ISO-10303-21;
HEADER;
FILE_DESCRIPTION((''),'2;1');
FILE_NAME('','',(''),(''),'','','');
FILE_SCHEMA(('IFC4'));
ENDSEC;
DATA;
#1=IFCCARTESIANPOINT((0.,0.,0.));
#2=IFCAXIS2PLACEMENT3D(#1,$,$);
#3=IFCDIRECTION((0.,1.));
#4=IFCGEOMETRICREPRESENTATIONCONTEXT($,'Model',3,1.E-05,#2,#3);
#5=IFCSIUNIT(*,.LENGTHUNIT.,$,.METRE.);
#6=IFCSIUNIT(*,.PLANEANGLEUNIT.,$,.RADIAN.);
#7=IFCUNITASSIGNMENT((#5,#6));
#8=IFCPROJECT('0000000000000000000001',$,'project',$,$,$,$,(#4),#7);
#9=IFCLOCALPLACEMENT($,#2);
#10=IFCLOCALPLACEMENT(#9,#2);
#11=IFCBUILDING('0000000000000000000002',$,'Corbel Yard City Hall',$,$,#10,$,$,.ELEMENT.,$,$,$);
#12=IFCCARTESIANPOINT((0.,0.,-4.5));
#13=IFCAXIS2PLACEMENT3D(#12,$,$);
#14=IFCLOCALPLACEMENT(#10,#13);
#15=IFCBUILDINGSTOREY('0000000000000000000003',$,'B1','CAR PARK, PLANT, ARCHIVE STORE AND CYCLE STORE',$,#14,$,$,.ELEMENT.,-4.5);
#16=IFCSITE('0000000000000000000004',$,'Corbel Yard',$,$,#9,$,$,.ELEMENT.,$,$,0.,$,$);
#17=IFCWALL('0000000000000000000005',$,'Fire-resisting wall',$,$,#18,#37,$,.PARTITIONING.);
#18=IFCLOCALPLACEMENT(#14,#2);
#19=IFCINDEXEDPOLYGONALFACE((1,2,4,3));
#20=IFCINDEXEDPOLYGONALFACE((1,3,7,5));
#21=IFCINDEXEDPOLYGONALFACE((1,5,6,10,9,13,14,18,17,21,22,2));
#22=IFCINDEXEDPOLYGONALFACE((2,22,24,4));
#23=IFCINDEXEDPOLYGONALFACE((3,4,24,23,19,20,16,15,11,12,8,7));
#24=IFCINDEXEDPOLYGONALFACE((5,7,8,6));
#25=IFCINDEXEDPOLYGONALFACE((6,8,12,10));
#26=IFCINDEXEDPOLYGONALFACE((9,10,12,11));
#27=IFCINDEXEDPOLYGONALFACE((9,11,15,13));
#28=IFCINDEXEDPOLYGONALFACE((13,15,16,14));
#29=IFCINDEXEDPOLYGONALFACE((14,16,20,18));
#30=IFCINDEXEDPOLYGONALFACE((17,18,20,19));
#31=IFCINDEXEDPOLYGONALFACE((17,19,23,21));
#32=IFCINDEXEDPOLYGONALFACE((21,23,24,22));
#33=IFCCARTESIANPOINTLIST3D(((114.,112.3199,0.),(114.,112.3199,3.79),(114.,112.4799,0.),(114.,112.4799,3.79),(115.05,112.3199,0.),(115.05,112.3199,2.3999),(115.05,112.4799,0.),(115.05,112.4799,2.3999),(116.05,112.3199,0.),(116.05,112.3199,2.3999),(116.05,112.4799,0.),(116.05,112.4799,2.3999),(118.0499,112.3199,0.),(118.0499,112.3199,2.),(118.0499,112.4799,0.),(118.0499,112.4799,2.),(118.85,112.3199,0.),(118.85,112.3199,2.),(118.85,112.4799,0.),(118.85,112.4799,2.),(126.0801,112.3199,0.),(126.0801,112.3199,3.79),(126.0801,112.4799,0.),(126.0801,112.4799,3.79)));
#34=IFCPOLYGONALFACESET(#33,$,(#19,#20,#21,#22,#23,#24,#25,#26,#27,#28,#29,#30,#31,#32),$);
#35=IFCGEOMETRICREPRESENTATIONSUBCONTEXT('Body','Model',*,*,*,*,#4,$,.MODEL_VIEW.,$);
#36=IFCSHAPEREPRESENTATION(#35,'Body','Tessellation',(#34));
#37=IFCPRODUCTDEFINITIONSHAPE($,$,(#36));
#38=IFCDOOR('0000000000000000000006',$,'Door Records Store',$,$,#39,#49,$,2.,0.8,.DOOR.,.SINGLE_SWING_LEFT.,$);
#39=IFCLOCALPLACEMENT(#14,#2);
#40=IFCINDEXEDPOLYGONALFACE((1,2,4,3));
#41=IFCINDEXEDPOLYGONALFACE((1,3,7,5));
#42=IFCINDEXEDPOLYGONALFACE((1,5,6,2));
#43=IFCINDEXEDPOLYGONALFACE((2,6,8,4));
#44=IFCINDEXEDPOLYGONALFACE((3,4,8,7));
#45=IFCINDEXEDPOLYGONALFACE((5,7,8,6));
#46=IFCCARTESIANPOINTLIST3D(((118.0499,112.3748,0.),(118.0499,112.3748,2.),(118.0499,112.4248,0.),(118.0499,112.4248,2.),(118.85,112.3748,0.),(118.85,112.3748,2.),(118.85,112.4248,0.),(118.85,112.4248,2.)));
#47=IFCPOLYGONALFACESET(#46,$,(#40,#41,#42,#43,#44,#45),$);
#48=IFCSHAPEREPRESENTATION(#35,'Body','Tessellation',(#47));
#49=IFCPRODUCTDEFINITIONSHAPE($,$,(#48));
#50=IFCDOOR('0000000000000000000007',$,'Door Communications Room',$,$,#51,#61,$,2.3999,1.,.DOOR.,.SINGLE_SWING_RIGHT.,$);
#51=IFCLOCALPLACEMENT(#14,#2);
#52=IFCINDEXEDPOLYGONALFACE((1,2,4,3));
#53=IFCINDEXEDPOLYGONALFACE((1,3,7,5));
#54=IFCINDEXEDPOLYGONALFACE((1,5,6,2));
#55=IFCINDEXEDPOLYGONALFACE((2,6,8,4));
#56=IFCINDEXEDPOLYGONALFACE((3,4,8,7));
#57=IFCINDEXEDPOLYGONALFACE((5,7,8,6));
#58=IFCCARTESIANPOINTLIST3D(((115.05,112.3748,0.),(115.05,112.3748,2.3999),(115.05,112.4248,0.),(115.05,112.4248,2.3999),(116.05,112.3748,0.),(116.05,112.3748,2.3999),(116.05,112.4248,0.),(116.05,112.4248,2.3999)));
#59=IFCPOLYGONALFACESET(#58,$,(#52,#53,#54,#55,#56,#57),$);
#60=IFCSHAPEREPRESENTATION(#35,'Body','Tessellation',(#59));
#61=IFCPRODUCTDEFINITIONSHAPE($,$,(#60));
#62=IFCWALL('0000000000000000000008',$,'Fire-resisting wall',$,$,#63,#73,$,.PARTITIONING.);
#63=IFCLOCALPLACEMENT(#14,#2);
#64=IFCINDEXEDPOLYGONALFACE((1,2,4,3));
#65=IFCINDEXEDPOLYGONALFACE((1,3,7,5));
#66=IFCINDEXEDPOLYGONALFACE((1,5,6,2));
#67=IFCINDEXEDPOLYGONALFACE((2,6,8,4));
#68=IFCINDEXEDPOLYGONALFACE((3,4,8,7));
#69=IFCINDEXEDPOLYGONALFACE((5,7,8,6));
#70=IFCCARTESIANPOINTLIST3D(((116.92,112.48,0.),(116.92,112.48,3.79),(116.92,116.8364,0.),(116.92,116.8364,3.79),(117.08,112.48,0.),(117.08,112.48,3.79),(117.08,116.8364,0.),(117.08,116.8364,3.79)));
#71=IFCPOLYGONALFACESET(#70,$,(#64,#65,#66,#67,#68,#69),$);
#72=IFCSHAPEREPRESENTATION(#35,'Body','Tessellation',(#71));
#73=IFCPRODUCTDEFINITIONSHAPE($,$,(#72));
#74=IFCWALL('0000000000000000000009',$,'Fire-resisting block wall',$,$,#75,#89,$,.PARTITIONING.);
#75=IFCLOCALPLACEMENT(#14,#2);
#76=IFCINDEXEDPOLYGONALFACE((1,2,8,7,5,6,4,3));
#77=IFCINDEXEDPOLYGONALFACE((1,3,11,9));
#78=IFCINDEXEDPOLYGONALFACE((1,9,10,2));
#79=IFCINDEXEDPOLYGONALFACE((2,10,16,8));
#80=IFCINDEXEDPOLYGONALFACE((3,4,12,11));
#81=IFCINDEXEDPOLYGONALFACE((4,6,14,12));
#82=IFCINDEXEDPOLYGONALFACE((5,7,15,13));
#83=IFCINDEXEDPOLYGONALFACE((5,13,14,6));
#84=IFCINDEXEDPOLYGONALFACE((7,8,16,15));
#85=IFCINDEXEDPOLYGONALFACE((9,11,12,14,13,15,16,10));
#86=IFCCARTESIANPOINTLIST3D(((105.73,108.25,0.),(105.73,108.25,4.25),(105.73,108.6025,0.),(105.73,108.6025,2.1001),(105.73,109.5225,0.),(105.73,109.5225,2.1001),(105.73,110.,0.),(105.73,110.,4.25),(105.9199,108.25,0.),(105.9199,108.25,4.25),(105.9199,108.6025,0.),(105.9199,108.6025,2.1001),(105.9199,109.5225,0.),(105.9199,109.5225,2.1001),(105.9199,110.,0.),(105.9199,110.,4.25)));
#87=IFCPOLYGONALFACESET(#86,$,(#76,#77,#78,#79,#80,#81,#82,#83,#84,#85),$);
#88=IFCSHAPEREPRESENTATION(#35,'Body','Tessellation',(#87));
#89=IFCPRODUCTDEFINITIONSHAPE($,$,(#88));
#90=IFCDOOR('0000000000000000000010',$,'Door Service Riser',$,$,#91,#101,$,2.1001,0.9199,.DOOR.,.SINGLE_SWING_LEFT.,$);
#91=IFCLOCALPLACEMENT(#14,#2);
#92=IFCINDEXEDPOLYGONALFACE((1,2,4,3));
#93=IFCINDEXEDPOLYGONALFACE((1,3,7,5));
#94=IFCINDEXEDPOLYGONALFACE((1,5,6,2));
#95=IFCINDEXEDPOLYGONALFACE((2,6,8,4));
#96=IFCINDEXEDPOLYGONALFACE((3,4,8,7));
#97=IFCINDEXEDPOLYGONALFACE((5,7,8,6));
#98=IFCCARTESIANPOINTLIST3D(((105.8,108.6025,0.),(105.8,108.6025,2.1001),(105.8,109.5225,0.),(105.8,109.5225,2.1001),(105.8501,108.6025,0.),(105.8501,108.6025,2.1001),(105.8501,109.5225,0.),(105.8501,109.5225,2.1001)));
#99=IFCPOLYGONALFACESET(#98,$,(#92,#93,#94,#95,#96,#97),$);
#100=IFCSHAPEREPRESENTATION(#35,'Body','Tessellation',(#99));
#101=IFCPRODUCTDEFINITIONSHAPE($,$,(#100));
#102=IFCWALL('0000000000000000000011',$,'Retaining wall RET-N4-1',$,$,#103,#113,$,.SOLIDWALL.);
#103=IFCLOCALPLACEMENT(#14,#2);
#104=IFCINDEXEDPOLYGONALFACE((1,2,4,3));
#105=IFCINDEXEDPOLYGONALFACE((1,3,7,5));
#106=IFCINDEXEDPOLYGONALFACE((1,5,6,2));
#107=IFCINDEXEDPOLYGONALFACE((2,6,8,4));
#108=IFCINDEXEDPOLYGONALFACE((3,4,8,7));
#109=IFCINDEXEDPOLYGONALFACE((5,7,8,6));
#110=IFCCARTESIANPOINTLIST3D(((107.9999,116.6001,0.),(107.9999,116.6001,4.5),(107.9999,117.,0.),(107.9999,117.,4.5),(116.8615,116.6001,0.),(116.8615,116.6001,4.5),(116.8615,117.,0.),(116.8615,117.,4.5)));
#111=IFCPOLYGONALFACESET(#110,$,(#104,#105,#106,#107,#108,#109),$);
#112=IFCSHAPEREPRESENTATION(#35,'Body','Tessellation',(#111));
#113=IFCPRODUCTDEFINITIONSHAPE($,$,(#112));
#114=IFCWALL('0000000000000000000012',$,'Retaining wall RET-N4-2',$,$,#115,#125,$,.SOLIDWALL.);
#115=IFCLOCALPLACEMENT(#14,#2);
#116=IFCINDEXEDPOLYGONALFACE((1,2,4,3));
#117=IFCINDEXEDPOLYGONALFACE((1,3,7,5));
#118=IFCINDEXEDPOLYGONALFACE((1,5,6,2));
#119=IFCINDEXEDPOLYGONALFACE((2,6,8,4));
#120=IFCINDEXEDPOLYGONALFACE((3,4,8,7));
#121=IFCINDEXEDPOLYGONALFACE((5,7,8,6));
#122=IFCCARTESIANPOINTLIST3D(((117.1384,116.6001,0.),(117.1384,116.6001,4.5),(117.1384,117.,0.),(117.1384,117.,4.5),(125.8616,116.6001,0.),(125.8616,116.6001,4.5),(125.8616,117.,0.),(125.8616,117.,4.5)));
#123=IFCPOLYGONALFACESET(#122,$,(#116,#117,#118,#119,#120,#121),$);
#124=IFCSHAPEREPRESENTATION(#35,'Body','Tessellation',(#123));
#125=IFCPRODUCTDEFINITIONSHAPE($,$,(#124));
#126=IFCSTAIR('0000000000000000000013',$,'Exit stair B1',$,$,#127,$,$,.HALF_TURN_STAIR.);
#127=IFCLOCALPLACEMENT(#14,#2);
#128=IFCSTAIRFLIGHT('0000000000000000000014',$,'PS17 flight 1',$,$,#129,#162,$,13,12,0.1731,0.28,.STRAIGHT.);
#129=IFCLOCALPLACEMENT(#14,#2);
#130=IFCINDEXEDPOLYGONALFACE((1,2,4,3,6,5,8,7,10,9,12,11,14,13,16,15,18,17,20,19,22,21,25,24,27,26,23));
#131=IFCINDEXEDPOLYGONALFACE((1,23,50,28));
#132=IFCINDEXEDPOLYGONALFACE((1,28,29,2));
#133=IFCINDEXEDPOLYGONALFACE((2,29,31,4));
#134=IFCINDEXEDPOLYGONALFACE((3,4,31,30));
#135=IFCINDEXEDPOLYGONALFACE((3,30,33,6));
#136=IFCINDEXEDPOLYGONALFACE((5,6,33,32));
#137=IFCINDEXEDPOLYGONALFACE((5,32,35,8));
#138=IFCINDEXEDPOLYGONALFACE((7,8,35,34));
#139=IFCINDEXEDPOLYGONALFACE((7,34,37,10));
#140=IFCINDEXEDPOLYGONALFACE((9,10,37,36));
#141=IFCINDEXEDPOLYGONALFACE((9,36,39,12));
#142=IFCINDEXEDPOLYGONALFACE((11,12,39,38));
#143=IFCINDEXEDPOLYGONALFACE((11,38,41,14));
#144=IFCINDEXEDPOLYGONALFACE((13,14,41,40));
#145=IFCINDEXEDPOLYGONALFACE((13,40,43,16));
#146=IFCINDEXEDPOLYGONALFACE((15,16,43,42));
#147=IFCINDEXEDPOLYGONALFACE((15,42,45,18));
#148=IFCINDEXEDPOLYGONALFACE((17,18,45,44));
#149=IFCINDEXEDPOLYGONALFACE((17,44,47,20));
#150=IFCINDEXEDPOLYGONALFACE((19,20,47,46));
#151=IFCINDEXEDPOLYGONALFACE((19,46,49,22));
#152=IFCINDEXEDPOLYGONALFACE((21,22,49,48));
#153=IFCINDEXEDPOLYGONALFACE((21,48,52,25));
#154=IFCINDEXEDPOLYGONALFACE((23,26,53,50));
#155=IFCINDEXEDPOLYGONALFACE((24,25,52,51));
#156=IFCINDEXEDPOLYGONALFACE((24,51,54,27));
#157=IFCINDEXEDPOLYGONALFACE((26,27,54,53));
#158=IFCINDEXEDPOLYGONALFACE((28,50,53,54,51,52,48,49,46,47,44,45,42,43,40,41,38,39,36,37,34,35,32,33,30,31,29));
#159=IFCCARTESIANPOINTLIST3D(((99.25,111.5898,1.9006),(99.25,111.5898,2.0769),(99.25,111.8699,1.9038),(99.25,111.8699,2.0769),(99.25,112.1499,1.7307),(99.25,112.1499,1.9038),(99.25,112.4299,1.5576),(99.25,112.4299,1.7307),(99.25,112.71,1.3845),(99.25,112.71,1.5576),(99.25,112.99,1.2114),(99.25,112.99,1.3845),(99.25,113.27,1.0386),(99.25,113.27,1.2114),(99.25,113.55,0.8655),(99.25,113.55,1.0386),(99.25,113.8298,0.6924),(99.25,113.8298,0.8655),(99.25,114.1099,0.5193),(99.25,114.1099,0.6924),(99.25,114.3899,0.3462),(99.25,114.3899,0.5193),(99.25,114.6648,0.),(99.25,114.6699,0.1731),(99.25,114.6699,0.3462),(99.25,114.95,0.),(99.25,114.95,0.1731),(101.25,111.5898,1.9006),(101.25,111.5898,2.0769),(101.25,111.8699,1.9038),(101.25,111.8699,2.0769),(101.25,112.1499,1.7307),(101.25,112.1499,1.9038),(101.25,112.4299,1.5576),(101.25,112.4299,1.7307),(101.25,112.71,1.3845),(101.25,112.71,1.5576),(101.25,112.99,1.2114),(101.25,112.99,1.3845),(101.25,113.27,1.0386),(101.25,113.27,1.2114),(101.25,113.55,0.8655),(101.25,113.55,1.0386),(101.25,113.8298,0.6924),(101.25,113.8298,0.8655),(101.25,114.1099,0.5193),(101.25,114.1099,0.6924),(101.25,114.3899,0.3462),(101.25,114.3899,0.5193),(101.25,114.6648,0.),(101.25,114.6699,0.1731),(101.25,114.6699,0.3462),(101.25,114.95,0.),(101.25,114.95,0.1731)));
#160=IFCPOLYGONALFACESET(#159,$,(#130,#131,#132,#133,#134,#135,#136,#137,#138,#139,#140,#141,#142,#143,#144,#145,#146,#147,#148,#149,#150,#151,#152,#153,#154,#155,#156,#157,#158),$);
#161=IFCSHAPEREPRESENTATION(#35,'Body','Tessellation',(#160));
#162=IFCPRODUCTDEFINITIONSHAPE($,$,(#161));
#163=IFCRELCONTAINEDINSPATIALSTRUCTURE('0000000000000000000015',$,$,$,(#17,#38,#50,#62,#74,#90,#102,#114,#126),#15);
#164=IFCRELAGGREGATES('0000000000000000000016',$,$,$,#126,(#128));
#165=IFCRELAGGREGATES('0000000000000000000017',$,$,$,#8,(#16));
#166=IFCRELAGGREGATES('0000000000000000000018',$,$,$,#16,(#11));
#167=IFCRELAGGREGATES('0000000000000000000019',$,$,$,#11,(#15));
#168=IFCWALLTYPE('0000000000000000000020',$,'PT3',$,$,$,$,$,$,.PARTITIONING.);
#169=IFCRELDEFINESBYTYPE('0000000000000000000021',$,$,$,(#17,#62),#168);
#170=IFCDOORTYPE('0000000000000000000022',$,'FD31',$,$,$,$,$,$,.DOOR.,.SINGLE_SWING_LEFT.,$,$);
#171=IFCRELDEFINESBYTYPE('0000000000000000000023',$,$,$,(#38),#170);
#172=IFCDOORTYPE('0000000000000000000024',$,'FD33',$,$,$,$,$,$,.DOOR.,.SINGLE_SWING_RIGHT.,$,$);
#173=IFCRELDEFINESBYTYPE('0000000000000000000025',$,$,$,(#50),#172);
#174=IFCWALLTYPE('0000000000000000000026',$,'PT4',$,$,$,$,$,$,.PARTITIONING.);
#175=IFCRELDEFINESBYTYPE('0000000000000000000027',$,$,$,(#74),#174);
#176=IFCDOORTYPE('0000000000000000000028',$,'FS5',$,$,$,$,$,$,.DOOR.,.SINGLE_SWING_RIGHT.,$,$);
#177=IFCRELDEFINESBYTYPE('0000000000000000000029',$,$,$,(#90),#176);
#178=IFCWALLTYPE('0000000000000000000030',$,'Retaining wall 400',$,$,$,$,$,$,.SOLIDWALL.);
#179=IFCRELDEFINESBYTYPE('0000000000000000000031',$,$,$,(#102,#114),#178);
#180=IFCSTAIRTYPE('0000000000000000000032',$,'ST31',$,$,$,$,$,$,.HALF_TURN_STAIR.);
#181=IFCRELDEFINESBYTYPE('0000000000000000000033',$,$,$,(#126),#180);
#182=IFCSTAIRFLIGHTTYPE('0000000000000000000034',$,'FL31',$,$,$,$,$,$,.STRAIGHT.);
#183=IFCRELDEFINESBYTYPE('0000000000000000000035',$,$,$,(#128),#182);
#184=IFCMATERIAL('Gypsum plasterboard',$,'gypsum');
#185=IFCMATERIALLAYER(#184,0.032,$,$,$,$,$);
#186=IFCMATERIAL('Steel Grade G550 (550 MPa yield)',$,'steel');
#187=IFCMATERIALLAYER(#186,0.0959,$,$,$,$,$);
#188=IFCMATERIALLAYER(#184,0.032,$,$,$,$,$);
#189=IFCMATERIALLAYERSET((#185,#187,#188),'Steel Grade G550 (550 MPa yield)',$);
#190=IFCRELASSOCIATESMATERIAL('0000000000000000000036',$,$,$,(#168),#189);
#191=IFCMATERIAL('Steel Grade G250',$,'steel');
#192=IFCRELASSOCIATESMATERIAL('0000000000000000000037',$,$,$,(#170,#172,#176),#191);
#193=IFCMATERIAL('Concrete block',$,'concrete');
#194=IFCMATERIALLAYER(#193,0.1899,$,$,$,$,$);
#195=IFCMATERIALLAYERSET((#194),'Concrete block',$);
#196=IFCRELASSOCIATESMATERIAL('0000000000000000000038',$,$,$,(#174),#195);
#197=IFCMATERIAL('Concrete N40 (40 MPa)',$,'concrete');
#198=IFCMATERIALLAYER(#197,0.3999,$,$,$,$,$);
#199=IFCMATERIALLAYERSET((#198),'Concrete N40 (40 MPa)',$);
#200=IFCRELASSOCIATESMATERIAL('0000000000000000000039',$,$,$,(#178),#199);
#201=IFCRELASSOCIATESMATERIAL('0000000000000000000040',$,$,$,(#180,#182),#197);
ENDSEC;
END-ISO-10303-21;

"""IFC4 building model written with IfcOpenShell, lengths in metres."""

from ifc_helpers import new_model, si_unit, direction, frame, frame_2d, origin, place, context, subcontext, project, spatial, polyline, rectangle, outline, extrude, material, layer, layer_set, type_object, element, fill, aggregate, save


model = new_model("IFC4")

# Units and contexts
model_context = context("Model", 3, precision=1e-05, world=origin(), true_north=direction((0.0, 1.0)))
body_context = subcontext(model_context, "Body", "Model", "MODEL_VIEW")
ifc_project = project(units=[si_unit("LENGTHUNIT", "METRE"), si_unit("PLANEANGLEUNIT", "RADIAN")], contexts=[model_context])

# Site, building, storey
site_placement = place(None, origin())
site = spatial("IfcSite", under=ifc_project, at=site_placement, Name="Corbel Yard", CompositionType="ELEMENT", RefElevation=0.0)
building_placement = place(site_placement, origin())
building = spatial("IfcBuilding", under=site, at=building_placement, Name="Corbel Yard City Hall", CompositionType="ELEMENT")
storey_placement = place(building_placement, frame((0.0, 0.0, -4.5)))
storey = spatial("IfcBuildingStorey", under=building, at=storey_placement, Name="B1", Description="CAR PARK, PLANT, ARCHIVE STORE AND CYCLE STORE", CompositionType="ELEMENT", Elevation=-4.5)

# Shared definitions
ifc_material_1 = material(Name="Concrete N40 (40 MPa)", Category="concrete")
ifc_material_2 = material(Name="Steel Grade G250", Category="steel")

# Shared definitions
ifc_material_3 = material(Name="Gypsum plasterboard", Category="gypsum")
ifc_material_4 = material(Name="Steel Grade G550 (550 MPa yield)", Category="steel")

# Wall, openings, doors
ifc_layer_1 = layer(ifc_material_3, 0.032)
ifc_layer_2 = layer(ifc_material_4, 0.0959)
ifc_layer_3 = layer(ifc_material_3, 0.032)
ifc_layer_set_1 = layer_set([ifc_layer_1, ifc_layer_2, ifc_layer_3], Name="Steel Grade G550 (550 MPa yield)")
wall_type_1 = type_object("IfcWallType", Name="PT3", PredefinedType="PARTITIONING", material=ifc_layer_set_1)
wall_1_placement = place(storey_placement, frame((114.0, 112.3999, 0.0), z_axis=(0.0, 0.0, 1.0), x_axis=(1.0, 0.0, 0.0)))
wall_1 = element("IfcWall", 1, at=wall_1_placement, inside=storey, type_object=wall_type_1, Name="Fire-resisting wall", PredefinedType="PARTITIONING", context=body_context, shape_type="SweptSolid", body=[
    extrude(rectangle(XDim=12.0801, YDim=0.1599, at=frame_2d((6.04, 0.0))), origin(), (0.0, 0.0, 1.0), 3.79),
])
opening_1_placement = place(wall_1_placement, frame((1.05, 0.0, 0.0)))
opening_1 = element("IfcOpeningElement", 2, at=opening_1_placement, cuts=wall_1, PredefinedType="OPENING", context=body_context, shape_type="SweptSolid", body=[
    extrude(rectangle(XDim=1.0, YDim=2.3999, at=frame_2d((0.5, 1.2))), frame((0.0, 0.0898, 0.0), z_axis=(0.0, -1.0, 0.0), x_axis=(1.0, 0.0, 0.0)), (0.0, 0.0, 1.0), 0.1799),
])
opening_2_placement = place(wall_1_placement, frame((4.05, 0.0, 0.0)))
opening_2 = element("IfcOpeningElement", 3, at=opening_2_placement, cuts=wall_1, PredefinedType="OPENING", context=body_context, shape_type="SweptSolid", body=[
    extrude(rectangle(XDim=0.8, YDim=2.0, at=frame_2d((0.3999, 1.0))), frame((0.0, 0.0898, 0.0), z_axis=(0.0, -1.0, 0.0), x_axis=(1.0, 0.0, 0.0)), (0.0, 0.0, 1.0), 0.1799),
])
door_type_1 = type_object("IfcDoorType", Name="FD31", OperationType="SINGLE_SWING_LEFT", PredefinedType="DOOR", material=ifc_material_2)
door_1_placement = place(opening_2_placement, origin())
door_1 = element("IfcDoor", 4, at=door_1_placement, inside=storey, type_object=door_type_1, Name="Door Records Store", OperationType="SINGLE_SWING_LEFT", OverallHeight=2.0, OverallWidth=0.8, PredefinedType="DOOR", context=body_context, shape_type="SweptSolid", body=[
    extrude(rectangle(XDim=0.8, YDim=2.0, at=frame_2d((0.3999, 1.0))), frame((0.0, 0.0249, 0.0), z_axis=(0.0, -1.0, 0.0), x_axis=(1.0, 0.0, 0.0)), (0.0, 0.0, 1.0), 0.05),
])
fill(opening_2, door_1)
door_type_2 = type_object("IfcDoorType", Name="FD33", OperationType="SINGLE_SWING_RIGHT", PredefinedType="DOOR", material=ifc_material_2)
door_2_placement = place(opening_1_placement, origin())
door_2 = element("IfcDoor", 5, at=door_2_placement, inside=storey, type_object=door_type_2, Name="Door Communications Room", OperationType="SINGLE_SWING_RIGHT", OverallHeight=2.3999, OverallWidth=1.0, PredefinedType="DOOR", context=body_context, shape_type="SweptSolid", body=[
    extrude(rectangle(XDim=1.0, YDim=2.3999, at=frame_2d((0.5, 1.2))), frame((0.0, 0.0249, 0.0), z_axis=(0.0, -1.0, 0.0), x_axis=(1.0, 0.0, 0.0)), (0.0, 0.0, 1.0), 0.05),
])
fill(opening_1, door_2)

# Wall
wall_2_placement = place(storey_placement, frame((117.0, 112.48, 0.0), z_axis=(0.0, 0.0, 1.0), x_axis=(0.0, 1.0, 0.0)))
element("IfcWall", 6, at=wall_2_placement, inside=storey, type_object=wall_type_1, Name="Fire-resisting wall", PredefinedType="PARTITIONING", context=body_context, shape_type="SweptSolid", body=[
    extrude(rectangle(XDim=4.3564, YDim=0.1599, at=frame_2d((2.1782, 0.0))), origin(), (0.0, 0.0, 1.0), 3.79),
])

# Wall, opening, door
ifc_material_5 = material(Name="Concrete block", Category="concrete")
ifc_layer_4 = layer(ifc_material_5, 0.1899)
ifc_layer_set_2 = layer_set([ifc_layer_4], Name="Concrete block")
wall_type_2 = type_object("IfcWallType", Name="PT4", PredefinedType="PARTITIONING", material=ifc_layer_set_2)
wall_3_placement = place(storey_placement, frame((105.825, 108.25, 0.0), z_axis=(0.0, 0.0, 1.0), x_axis=(0.0, 1.0, 0.0)))
wall_3 = element("IfcWall", 7, at=wall_3_placement, inside=storey, type_object=wall_type_2, Name="Fire-resisting block wall", PredefinedType="PARTITIONING", context=body_context, shape_type="SweptSolid", body=[
    extrude(rectangle(XDim=1.75, YDim=0.1899, at=frame_2d((0.875, 0.0))), origin(), (0.0, 0.0, 1.0), 4.25),
])
opening_3_placement = place(wall_3_placement, frame((0.3525, 0.0, 0.0)))
opening_3 = element("IfcOpeningElement", 8, at=opening_3_placement, cuts=wall_3, PredefinedType="OPENING", context=body_context, shape_type="SweptSolid", body=[
    extrude(rectangle(XDim=0.9199, YDim=2.1001, at=frame_2d((0.46, 1.05))), frame((0.0, 0.105, 0.0), z_axis=(0.0, -1.0, 0.0), x_axis=(1.0, 0.0, 0.0)), (0.0, 0.0, 1.0), 0.21),
])
door_type_3 = type_object("IfcDoorType", Name="FS5", OperationType="SINGLE_SWING_RIGHT", PredefinedType="DOOR", material=ifc_material_2)
door_3_placement = place(opening_3_placement, origin())
door_3 = element("IfcDoor", 9, at=door_3_placement, inside=storey, type_object=door_type_3, Name="Door Service Riser", OperationType="SINGLE_SWING_LEFT", OverallHeight=2.1001, OverallWidth=0.9199, PredefinedType="DOOR", context=body_context, shape_type="SweptSolid", body=[
    extrude(rectangle(XDim=0.9199, YDim=2.1001, at=frame_2d((0.46, 1.05))), frame((0.0, 0.0249, 0.0), z_axis=(0.0, -1.0, 0.0), x_axis=(1.0, 0.0, 0.0)), (0.0, 0.0, 1.0), 0.05),
])
fill(opening_3, door_3)

# Walls
ifc_layer_5 = layer(ifc_material_1, 0.3999)
ifc_layer_set_3 = layer_set([ifc_layer_5], Name="Concrete N40 (40 MPa)")
wall_type_3 = type_object("IfcWallType", Name="Retaining wall 400", PredefinedType="SOLIDWALL", material=ifc_layer_set_3)
wall_4_placement = place(storey_placement, frame((108.0, 116.8, 0.0), z_axis=(0.0, 0.0, 1.0), x_axis=(1.0, 0.0, 0.0)))
element("IfcWall", 10, at=wall_4_placement, inside=storey, type_object=wall_type_3, Name="Retaining wall RET-N4-1", PredefinedType="SOLIDWALL", context=body_context, shape_type="SweptSolid", body=[
    extrude(rectangle(XDim=8.8616, YDim=0.3999, at=frame_2d((4.4307, 0.0))), origin(), (0.0, 0.0, 1.0), 4.5),
])
wall_5_placement = place(storey_placement, frame((117.1384, 116.8, 0.0), z_axis=(0.0, 0.0, 1.0), x_axis=(1.0, 0.0, 0.0)))
element("IfcWall", 11, at=wall_5_placement, inside=storey, type_object=wall_type_3, Name="Retaining wall RET-N4-2", PredefinedType="SOLIDWALL", context=body_context, shape_type="SweptSolid", body=[
    extrude(rectangle(XDim=8.7231, YDim=0.3999, at=frame_2d((4.3616, 0.0))), origin(), (0.0, 0.0, 1.0), 4.5),
])

# Stair, stair flight
stair_type = type_object("IfcStairType", Name="ST31", PredefinedType="HALF_TURN_STAIR", material=ifc_material_1)
stair_placement = place(storey_placement, origin())
stair = element("IfcStair", 12, at=stair_placement, inside=storey, type_object=stair_type, Name="Exit stair B1", PredefinedType="HALF_TURN_STAIR")
stair_flight_type = type_object("IfcStairFlightType", Name="FL31", PredefinedType="STRAIGHT", material=ifc_material_1)
stair_flight_1_placement = place(storey_placement, frame((100.25, 114.95, 0.0), z_axis=(0.0, 0.0, 1.0), x_axis=(0.0, -1.0, 0.0)))
stair_flight_1 = element("IfcStairFlight", 13, at=stair_flight_1_placement, type_object=stair_flight_type, Name="PS17 flight 1", NumberOfRisers=13, NumberOfTreads=12, PredefinedType="STRAIGHT", RiserHeight=0.1731, TreadLength=0.28, context=body_context, shape_type="SweptSolid", body=[
    extrude(outline(polyline([(0.0, 0.0), (0.0, 0.1731), (0.28, 0.1731), (0.28, 0.3462), (0.5601, 0.3462), (0.5601, 0.5193), (0.8401, 0.5193), (0.8401, 0.6924), (1.1201, 0.6924), (1.1201, 0.8655), (1.3999, 0.8655), (1.3999, 1.0386), (1.6799, 1.0386), (1.6799, 1.2114), (1.96, 1.2114), (1.96, 1.3845), (2.24, 1.3845), (2.24, 1.5576), (2.52, 1.5576), (2.52, 1.7307), (2.8, 1.7307), (2.8, 1.9038), (3.0801, 1.9038), (3.0801, 2.0769), (3.3601, 2.0769), (3.3601, 2.25), (3.3601, 1.9006), (0.2852, 0.0), (0.0, 0.0)])), frame((0.0, 1.0, 0.0), z_axis=(0.0, -1.0, 0.0), x_axis=(1.0, 0.0, 0.0)), (0.0, 0.0, 1.0), 2.0),
])
aggregate(stair, [stair_flight_1])

save(model, "model.ifc")
